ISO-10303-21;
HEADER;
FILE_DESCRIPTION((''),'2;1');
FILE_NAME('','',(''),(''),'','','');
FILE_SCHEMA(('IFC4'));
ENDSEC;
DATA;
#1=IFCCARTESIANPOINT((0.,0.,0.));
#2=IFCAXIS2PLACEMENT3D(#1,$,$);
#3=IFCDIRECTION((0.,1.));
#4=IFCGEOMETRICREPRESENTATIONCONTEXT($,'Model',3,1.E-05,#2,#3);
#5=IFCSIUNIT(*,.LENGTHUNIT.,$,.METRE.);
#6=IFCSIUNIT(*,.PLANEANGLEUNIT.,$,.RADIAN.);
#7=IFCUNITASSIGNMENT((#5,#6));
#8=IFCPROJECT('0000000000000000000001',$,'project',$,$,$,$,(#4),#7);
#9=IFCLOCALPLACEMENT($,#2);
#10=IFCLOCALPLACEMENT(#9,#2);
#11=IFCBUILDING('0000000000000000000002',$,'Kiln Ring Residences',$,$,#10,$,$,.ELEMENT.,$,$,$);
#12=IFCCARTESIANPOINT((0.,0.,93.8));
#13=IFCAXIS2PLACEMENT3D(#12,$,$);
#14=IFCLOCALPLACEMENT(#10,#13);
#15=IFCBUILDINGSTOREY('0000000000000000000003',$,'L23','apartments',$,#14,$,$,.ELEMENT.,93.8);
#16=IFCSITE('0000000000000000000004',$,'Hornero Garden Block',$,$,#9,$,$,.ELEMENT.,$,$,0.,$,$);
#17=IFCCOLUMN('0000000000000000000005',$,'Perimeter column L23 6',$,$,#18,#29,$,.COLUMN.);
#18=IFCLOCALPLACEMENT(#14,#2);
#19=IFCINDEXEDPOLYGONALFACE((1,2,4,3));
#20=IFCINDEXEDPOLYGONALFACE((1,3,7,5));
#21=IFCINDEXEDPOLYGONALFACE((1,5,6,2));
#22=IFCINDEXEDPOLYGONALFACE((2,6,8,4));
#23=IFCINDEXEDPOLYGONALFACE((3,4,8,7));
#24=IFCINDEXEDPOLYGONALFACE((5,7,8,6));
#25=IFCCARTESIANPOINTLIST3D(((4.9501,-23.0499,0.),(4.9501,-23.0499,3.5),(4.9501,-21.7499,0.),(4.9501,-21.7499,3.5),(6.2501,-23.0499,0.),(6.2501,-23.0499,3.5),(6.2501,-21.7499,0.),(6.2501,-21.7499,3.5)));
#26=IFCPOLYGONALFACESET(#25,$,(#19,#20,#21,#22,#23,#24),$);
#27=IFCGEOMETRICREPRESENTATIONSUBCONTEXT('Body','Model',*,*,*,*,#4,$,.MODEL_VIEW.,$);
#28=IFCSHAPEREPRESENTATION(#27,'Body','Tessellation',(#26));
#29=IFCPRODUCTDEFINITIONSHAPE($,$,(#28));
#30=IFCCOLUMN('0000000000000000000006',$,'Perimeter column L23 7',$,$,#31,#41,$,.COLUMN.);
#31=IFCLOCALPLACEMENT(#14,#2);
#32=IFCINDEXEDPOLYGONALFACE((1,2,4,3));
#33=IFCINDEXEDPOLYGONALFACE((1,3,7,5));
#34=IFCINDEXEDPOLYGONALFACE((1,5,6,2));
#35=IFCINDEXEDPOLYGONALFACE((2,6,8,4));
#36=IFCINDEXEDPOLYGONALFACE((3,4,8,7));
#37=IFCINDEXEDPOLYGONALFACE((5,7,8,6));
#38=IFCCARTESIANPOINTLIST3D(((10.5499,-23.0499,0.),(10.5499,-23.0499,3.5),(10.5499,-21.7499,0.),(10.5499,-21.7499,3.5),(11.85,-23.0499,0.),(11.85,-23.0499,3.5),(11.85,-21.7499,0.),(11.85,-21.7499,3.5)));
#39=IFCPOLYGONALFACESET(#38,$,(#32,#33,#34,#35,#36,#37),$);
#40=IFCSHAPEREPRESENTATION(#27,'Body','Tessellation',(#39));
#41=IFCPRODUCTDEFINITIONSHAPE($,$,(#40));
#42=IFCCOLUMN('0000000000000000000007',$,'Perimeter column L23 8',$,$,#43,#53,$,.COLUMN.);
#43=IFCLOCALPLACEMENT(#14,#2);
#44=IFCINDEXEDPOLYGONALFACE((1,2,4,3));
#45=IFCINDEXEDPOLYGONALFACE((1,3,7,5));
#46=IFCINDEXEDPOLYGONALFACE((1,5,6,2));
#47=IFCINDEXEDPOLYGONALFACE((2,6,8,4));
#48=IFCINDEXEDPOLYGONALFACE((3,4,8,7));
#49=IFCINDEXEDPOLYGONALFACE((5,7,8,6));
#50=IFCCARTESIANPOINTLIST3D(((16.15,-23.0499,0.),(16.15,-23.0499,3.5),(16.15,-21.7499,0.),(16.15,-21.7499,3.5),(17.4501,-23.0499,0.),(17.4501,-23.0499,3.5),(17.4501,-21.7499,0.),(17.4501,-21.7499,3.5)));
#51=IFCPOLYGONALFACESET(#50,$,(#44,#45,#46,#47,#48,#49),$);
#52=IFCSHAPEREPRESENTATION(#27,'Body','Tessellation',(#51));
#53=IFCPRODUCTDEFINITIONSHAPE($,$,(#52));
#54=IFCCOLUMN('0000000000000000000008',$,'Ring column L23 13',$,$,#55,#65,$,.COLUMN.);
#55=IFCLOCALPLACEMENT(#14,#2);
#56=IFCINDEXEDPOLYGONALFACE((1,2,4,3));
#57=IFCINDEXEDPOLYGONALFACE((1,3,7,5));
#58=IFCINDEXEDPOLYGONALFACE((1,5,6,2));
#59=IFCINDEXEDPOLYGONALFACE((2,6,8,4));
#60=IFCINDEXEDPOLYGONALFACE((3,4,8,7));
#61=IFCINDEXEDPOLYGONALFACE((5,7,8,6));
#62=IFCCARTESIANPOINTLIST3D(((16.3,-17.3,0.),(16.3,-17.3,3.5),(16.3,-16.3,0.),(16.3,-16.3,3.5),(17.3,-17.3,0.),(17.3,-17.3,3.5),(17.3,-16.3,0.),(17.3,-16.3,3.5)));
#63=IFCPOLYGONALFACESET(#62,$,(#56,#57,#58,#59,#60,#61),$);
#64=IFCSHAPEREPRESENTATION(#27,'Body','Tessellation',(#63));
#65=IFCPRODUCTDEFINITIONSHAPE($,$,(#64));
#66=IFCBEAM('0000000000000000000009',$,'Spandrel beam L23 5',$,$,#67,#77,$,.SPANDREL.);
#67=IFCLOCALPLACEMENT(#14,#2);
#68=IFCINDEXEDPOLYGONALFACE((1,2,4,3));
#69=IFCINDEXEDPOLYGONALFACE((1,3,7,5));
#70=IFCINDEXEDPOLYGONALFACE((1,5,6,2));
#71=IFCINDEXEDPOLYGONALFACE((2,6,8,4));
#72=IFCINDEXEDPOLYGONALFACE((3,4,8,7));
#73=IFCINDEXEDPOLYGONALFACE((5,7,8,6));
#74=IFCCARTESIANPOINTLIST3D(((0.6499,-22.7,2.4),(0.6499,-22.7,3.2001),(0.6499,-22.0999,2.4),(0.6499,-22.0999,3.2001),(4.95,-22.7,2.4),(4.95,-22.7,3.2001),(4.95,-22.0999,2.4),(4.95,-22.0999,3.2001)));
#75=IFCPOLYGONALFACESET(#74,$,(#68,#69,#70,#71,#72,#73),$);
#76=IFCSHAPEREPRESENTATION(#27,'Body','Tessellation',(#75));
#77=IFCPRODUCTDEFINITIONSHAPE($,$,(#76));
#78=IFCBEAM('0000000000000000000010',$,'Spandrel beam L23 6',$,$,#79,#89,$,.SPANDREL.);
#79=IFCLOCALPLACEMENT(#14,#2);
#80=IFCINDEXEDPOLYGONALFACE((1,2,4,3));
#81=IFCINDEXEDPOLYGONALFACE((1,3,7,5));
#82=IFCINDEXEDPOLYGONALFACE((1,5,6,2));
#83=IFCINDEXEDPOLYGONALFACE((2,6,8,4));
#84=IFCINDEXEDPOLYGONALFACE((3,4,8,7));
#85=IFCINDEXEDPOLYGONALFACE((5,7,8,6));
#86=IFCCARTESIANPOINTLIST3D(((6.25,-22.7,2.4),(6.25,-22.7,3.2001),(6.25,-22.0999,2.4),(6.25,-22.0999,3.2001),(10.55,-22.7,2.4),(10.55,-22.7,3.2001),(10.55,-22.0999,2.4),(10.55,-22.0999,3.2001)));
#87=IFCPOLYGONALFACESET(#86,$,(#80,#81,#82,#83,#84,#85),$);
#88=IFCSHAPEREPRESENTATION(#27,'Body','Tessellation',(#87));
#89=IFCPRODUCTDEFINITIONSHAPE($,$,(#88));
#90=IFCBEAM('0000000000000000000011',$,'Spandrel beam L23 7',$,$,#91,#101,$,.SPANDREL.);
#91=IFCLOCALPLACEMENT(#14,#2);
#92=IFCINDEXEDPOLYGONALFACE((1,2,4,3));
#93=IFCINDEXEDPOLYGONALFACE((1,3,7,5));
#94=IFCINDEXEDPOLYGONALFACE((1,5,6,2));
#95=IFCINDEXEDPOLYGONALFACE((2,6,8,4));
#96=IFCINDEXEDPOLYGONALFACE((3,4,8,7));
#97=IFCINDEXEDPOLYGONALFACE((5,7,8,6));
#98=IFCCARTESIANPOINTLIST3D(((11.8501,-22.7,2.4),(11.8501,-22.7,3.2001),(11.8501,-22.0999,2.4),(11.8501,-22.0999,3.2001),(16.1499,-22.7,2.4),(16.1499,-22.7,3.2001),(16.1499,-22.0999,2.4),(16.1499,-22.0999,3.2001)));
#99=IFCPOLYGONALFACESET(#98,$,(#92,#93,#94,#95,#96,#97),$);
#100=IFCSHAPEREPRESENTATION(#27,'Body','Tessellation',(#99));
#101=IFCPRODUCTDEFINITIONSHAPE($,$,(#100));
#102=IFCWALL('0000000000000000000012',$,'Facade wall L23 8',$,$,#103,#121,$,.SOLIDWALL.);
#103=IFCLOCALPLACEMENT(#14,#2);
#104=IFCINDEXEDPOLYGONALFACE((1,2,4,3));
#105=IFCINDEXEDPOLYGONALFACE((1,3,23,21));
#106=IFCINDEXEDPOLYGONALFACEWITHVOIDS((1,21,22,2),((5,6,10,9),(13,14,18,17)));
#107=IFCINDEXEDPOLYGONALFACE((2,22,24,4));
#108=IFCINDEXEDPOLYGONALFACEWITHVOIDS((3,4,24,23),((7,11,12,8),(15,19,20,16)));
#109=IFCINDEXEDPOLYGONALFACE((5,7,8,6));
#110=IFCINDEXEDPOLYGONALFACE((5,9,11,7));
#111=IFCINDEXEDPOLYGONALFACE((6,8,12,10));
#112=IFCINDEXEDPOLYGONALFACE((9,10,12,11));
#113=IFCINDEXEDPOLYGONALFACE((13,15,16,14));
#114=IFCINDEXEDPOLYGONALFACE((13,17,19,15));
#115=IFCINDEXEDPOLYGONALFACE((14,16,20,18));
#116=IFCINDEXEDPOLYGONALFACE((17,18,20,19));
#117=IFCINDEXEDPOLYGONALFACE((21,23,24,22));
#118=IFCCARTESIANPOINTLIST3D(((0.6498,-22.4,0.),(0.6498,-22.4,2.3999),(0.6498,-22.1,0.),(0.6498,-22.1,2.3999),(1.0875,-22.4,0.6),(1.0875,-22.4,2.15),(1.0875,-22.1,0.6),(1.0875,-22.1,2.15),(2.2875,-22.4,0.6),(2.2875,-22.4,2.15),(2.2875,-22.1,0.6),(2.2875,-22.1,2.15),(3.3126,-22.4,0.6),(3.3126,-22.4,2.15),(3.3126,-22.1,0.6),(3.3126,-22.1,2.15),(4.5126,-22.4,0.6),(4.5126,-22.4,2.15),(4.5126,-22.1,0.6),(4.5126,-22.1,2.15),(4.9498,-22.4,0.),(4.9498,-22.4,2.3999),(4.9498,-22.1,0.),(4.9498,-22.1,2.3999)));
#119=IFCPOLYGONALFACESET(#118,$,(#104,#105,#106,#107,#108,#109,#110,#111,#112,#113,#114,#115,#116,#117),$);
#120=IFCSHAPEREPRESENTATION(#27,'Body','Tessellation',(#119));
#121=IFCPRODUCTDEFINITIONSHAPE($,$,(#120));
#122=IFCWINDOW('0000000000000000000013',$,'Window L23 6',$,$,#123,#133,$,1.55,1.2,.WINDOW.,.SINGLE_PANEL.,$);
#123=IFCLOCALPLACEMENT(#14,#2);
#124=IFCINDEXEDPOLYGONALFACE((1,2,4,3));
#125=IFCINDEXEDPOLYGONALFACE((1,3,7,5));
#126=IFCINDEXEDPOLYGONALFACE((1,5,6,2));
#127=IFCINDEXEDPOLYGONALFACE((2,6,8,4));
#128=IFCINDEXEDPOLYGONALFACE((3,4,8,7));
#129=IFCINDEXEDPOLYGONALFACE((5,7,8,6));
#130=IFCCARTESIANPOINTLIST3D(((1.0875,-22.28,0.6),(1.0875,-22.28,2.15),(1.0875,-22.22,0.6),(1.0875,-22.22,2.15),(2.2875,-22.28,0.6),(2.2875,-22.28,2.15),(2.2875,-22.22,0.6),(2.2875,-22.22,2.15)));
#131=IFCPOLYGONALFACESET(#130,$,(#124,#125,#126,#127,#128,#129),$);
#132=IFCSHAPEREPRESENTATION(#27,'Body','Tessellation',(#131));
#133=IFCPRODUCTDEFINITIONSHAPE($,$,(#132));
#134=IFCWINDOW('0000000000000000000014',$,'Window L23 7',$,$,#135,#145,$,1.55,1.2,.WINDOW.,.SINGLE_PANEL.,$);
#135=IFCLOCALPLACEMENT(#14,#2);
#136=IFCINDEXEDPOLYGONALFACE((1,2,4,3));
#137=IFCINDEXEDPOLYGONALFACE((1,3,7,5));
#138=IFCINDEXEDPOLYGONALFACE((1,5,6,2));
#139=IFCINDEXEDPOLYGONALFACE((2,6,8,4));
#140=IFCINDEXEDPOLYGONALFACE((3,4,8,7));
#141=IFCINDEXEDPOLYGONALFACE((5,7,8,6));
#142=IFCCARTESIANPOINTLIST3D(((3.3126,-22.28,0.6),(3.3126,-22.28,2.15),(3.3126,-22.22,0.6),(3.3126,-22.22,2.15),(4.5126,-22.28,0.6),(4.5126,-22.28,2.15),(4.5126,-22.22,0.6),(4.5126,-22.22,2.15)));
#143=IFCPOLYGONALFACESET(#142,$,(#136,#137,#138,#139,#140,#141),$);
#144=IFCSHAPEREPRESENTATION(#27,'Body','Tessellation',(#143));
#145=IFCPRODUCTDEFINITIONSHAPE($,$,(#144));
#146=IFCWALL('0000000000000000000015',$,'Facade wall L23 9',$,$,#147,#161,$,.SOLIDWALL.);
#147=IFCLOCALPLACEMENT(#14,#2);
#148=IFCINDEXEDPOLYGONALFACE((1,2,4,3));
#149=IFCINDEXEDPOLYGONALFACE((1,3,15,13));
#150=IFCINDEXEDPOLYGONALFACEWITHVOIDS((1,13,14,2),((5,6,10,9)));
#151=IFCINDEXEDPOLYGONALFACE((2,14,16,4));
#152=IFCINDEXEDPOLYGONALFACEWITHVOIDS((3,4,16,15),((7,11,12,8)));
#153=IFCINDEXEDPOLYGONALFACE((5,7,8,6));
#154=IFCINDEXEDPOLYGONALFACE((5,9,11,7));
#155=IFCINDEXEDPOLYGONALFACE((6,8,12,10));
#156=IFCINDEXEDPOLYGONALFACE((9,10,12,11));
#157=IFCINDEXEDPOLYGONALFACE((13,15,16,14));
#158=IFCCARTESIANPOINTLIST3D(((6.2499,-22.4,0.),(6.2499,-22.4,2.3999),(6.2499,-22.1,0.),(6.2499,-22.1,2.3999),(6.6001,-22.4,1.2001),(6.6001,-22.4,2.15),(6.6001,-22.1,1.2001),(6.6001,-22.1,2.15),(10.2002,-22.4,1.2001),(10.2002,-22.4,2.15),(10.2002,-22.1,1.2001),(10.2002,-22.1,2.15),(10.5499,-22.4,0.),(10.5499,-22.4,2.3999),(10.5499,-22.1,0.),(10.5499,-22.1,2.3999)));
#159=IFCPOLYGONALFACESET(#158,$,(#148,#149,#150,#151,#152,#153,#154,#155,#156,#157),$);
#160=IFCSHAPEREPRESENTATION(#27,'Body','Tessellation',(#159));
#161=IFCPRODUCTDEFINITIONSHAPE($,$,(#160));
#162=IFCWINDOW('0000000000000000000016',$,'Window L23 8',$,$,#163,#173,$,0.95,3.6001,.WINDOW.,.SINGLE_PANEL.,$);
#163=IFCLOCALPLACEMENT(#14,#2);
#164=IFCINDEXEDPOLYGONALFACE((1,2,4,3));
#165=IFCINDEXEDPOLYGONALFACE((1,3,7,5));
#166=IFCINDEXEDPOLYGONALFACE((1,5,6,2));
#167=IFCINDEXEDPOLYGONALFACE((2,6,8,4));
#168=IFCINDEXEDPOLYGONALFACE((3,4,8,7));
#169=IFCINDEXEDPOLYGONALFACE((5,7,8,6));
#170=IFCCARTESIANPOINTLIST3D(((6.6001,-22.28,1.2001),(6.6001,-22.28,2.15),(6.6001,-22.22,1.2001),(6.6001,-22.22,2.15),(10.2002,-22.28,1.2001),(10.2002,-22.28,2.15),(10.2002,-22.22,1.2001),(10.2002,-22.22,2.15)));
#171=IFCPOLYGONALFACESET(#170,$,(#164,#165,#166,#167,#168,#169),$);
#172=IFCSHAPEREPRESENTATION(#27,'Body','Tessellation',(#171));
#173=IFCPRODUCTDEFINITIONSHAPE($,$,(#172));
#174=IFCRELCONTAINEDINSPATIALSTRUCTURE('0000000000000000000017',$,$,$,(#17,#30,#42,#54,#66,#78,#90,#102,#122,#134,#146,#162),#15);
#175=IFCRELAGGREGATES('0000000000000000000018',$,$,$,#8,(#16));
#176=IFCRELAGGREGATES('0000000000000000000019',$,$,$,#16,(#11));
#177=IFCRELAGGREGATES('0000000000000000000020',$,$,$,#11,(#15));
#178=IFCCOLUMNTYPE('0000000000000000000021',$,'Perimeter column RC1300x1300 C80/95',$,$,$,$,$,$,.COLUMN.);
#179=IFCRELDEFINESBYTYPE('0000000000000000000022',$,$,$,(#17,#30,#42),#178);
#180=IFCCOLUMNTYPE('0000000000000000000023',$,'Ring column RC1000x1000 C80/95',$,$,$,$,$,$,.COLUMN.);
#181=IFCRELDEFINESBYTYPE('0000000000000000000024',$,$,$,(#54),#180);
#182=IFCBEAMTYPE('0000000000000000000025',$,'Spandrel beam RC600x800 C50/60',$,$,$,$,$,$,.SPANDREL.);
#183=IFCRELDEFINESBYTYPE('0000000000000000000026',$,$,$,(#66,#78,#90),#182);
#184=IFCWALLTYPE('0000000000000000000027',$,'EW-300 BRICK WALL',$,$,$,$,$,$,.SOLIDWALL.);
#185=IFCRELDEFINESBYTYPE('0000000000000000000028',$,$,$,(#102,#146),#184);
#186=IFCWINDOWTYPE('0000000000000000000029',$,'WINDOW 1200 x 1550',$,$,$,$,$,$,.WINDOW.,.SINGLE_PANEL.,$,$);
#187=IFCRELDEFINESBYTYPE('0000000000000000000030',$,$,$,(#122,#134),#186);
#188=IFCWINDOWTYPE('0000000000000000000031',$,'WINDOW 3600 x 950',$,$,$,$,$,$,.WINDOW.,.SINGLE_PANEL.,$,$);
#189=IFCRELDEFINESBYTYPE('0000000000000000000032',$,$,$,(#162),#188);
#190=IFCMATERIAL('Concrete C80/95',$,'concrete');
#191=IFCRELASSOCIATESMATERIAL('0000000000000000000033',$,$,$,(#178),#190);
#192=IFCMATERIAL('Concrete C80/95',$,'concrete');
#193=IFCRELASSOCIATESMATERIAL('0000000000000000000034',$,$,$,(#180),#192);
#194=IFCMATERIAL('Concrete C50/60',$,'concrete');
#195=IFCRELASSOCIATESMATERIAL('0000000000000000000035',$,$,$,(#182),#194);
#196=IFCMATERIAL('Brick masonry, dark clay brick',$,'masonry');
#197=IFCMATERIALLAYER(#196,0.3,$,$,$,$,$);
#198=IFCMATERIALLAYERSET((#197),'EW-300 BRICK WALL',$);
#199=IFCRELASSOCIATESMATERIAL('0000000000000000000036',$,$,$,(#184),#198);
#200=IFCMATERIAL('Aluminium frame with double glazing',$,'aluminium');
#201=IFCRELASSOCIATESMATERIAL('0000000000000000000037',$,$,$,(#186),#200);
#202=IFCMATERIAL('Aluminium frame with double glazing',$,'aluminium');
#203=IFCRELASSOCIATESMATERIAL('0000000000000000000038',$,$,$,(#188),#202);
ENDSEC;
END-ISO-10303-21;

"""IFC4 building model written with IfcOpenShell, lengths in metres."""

from ifc_helpers import new_model, si_unit, direction, frame, frame_2d, origin, origin_2d, place, context, subcontext, project, spatial, rectangle, extrude, material, layer, layer_set, material_profile, profile_set, type_object, element, fill, save


model = new_model("IFC4")

# Units and contexts
model_context = context("Model", 3, precision=1e-05, world=origin(), true_north=direction((0.0, 1.0)))
body_context = subcontext(model_context, "Body", "Model", "MODEL_VIEW")
ifc_project = project(units=[si_unit("LENGTHUNIT", "METRE"), si_unit("PLANEANGLEUNIT", "RADIAN")], contexts=[model_context])

# Site, building, storey
site_placement = place(None, origin())
site = spatial("IfcSite", under=ifc_project, at=site_placement, Name="Hornero Garden Block", CompositionType="ELEMENT", RefElevation=0.0)
building_placement = place(site_placement, origin())
building = spatial("IfcBuilding", under=site, at=building_placement, Name="Kiln Ring Residences", CompositionType="ELEMENT")
storey_placement = place(building_placement, frame((0.0, 0.0, 93.8)))
storey = spatial("IfcBuildingStorey", under=building, at=storey_placement, Name="L23", Description="apartments", CompositionType="ELEMENT", Elevation=93.8)

# Columns
ifc_material_1 = material(Name="Concrete C80/95", Category="concrete")
ifc_material_profile_1 = material_profile(ifc_material_1, rectangle(XDim=1.3, YDim=1.3, at=origin_2d()), Name="RC1300x1300")
ifc_profile_set_1 = profile_set([ifc_material_profile_1], Name="Concrete C80/95")
column_type_1 = type_object("IfcColumnType", Name="Perimeter column RC1300x1300 C80/95", PredefinedType="COLUMN", material=ifc_profile_set_1)
for number, where, z_axis, x_axis, name in (
    (1, (5.6001, -22.3999, 0.0), (0.0, 0.0, 1.0), (1.0, 0.0, 0.0), "Perimeter column L23 6"),
    (2, (11.2, -22.3999, 0.0), (0.0, 0.0, 1.0), (1.0, 0.0, 0.0), "Perimeter column L23 7"),
    (3, (16.8, -22.3999, 0.0), (0.0, 0.0, 1.0), (1.0, 0.0, 0.0), "Perimeter column L23 8"),
):
    element("IfcColumn", number, at=place(storey_placement, frame(where, z_axis=z_axis, x_axis=x_axis)), inside=storey, type_object=column_type_1, Name=name, PredefinedType="COLUMN", context=body_context, shape_type="SweptSolid", body=[
        extrude(rectangle(XDim=1.3, YDim=1.3, at=origin_2d()), origin(), (0.0, 0.0, 1.0), 3.5),
    ])
ifc_material_2 = material(Name="Concrete C80/95", Category="concrete")
ifc_material_profile_2 = material_profile(ifc_material_2, rectangle(XDim=1.0, YDim=1.0, at=origin_2d()), Name="RC1000x1000")
ifc_profile_set_2 = profile_set([ifc_material_profile_2], Name="Concrete C80/95")
column_type_2 = type_object("IfcColumnType", Name="Ring column RC1000x1000 C80/95", PredefinedType="COLUMN", material=ifc_profile_set_2)
column_placement = place(storey_placement, frame((16.8, -16.8, 0.0), z_axis=(0.0, 0.0, 1.0), x_axis=(1.0, 0.0, 0.0)))
element("IfcColumn", 4, at=column_placement, inside=storey, type_object=column_type_2, Name="Ring column L23 13", PredefinedType="COLUMN", context=body_context, shape_type="SweptSolid", body=[
    extrude(rectangle(XDim=1.0, YDim=1.0, at=origin_2d()), origin(), (0.0, 0.0, 1.0), 3.5),
])

# Beams
ifc_material_3 = material(Name="Concrete C50/60", Category="concrete")
ifc_material_profile_3 = material_profile(ifc_material_3, rectangle(XDim=0.6001, YDim=0.8, at=origin_2d()), Name="RC600x800")
ifc_profile_set_3 = profile_set([ifc_material_profile_3], Name="Concrete C50/60")
beam_type = type_object("IfcBeamType", Name="Spandrel beam RC600x800 C50/60", PredefinedType="SPANDREL", material=ifc_profile_set_3)
for number, where, z_axis, x_axis, name in (
    (5, (0.6499, -22.3999, 2.8), (1.0, 0.0, 0.0), (0.0, 1.0, 0.0), "Spandrel beam L23 5"),
    (6, (6.25, -22.3999, 2.8), (1.0, 0.0, 0.0), (0.0, 1.0, 0.0), "Spandrel beam L23 6"),
):
    element("IfcBeam", number, at=place(storey_placement, frame(where, z_axis=z_axis, x_axis=x_axis)), inside=storey, type_object=beam_type, Name=name, PredefinedType="SPANDREL", context=body_context, shape_type="SweptSolid", body=[
        extrude(rectangle(XDim=0.6001, YDim=0.8, at=origin_2d()), origin(), (0.0, 0.0, 1.0), 4.3),
    ])
beam_placement = place(storey_placement, frame((11.8501, -22.3999, 2.8), z_axis=(1.0, 0.0, 0.0), x_axis=(0.0, 1.0, 0.0)))
element("IfcBeam", 7, at=beam_placement, inside=storey, type_object=beam_type, Name="Spandrel beam L23 7", PredefinedType="SPANDREL", context=body_context, shape_type="SweptSolid", body=[
    extrude(rectangle(XDim=0.6001, YDim=0.8, at=origin_2d()), origin(), (0.0, 0.0, 1.0), 4.2998),
])

# Wall, openings, windows
ifc_material_4 = material(Name="Brick masonry, dark clay brick", Category="masonry")
ifc_layer_1 = layer(ifc_material_4, 0.3)
ifc_layer_set_1 = layer_set([ifc_layer_1], Name="EW-300 BRICK WALL")
wall_type_1 = type_object("IfcWallType", Name="EW-300 BRICK WALL", PredefinedType="SOLIDWALL", material=ifc_layer_set_1)
wall_1_placement = place(storey_placement, frame((0.6499, -22.25, 0.0), z_axis=(0.0, 0.0, 1.0), x_axis=(1.0, 0.0, 0.0)))
wall_1 = element("IfcWall", 8, at=wall_1_placement, inside=storey, type_object=wall_type_1, Name="Facade wall L23 8", PredefinedType="SOLIDWALL", context=body_context, shape_type="SweptSolid", body=[
    extrude(rectangle(XDim=4.3, YDim=0.3, at=frame_2d((2.1499, 0.0))), origin(), (0.0, 0.0, 1.0), 2.3999),
])
opening_1_placement = place(wall_1_placement, frame((0.4375, 0.0, 0.6001)))
opening_1 = element("IfcOpeningElement", 9, at=opening_1_placement, cuts=wall_1, PredefinedType="OPENING", context=body_context, shape_type="SweptSolid", body=[
    extrude(rectangle(XDim=1.2, YDim=1.55, at=frame_2d((0.6001, 0.7749))), frame((0.0, 0.1599, 0.0), z_axis=(0.0, -1.0, 0.0), x_axis=(1.0, 0.0, 0.0)), (0.0, 0.0, 1.0), 0.3201),
])
opening_2_placement = place(wall_1_placement, frame((2.6626, 0.0, 0.6001)))
opening_2 = element("IfcOpeningElement", 10, at=opening_2_placement, cuts=wall_1, PredefinedType="OPENING", context=body_context, shape_type="SweptSolid", body=[
    extrude(rectangle(XDim=1.2, YDim=1.55, at=frame_2d((0.6001, 0.7749))), frame((0.0, 0.1599, 0.0), z_axis=(0.0, -1.0, 0.0), x_axis=(1.0, 0.0, 0.0)), (0.0, 0.0, 1.0), 0.3201),
])
ifc_material_5 = material(Name="Aluminium frame with double glazing", Category="aluminium")
window_type_1 = type_object("IfcWindowType", Name="WINDOW 1200 x 1550", PartitioningType="SINGLE_PANEL", PredefinedType="WINDOW", material=ifc_material_5)
window_1_placement = place(opening_1_placement, origin())
window_1 = element("IfcWindow", 11, at=window_1_placement, inside=storey, type_object=window_type_1, Name="Window L23 6", OverallHeight=1.55, OverallWidth=1.2, PartitioningType="SINGLE_PANEL", PredefinedType="WINDOW", context=body_context, shape_type="SweptSolid", body=[
    extrude(rectangle(XDim=1.2, YDim=1.55, at=frame_2d((0.6001, 0.7749))), frame((0.0, 0.03, 0.0), z_axis=(0.0, -1.0, 0.0), x_axis=(1.0, 0.0, 0.0)), (0.0, 0.0, 1.0), 0.0601),
])
fill(opening_1, window_1)
window_2_placement = place(opening_2_placement, origin())
window_2 = element("IfcWindow", 12, at=window_2_placement, inside=storey, type_object=window_type_1, Name="Window L23 7", OverallHeight=1.55, OverallWidth=1.2, PartitioningType="SINGLE_PANEL", PredefinedType="WINDOW", context=body_context, shape_type="SweptSolid", body=[
    extrude(rectangle(XDim=1.2, YDim=1.55, at=frame_2d((0.6001, 0.7749))), frame((0.0, 0.03, 0.0), z_axis=(0.0, -1.0, 0.0), x_axis=(1.0, 0.0, 0.0)), (0.0, 0.0, 1.0), 0.0601),
])
fill(opening_2, window_2)

# Wall, opening, window
wall_2_placement = place(storey_placement, frame((6.25, -22.25, 0.0), z_axis=(0.0, 0.0, 1.0), x_axis=(1.0, 0.0, 0.0)))
wall_2 = element("IfcWall", 13, at=wall_2_placement, inside=storey, type_object=wall_type_1, Name="Facade wall L23 9", PredefinedType="SOLIDWALL", context=body_context, shape_type="SweptSolid", body=[
    extrude(rectangle(XDim=4.3, YDim=0.3, at=frame_2d((2.1499, 0.0))), origin(), (0.0, 0.0, 1.0), 2.3999),
])
opening_3_placement = place(wall_2_placement, frame((0.3501, 0.0, 1.2)))
opening_3 = element("IfcOpeningElement", 14, at=opening_3_placement, cuts=wall_2, PredefinedType="OPENING", context=body_context, shape_type="SweptSolid", body=[
    extrude(rectangle(XDim=3.6001, YDim=0.95, at=frame_2d((1.8, 0.4751))), frame((0.0, 0.1599, 0.0), z_axis=(0.0, -1.0, 0.0), x_axis=(1.0, 0.0, 0.0)), (0.0, 0.0, 1.0), 0.3201),
])
ifc_material_6 = material(Name="Aluminium frame with double glazing", Category="aluminium")
window_type_2 = type_object("IfcWindowType", Name="WINDOW 3600 x 950", PartitioningType="SINGLE_PANEL", PredefinedType="WINDOW", material=ifc_material_6)
window_3_placement = place(opening_3_placement, origin())
window_3 = element("IfcWindow", 15, at=window_3_placement, inside=storey, type_object=window_type_2, Name="Window L23 8", OverallHeight=0.95, OverallWidth=3.6001, PartitioningType="SINGLE_PANEL", PredefinedType="WINDOW", context=body_context, shape_type="SweptSolid", body=[
    extrude(rectangle(XDim=3.6001, YDim=0.95, at=frame_2d((1.8, 0.4751))), frame((0.0, 0.03, 0.0), z_axis=(0.0, -1.0, 0.0), x_axis=(1.0, 0.0, 0.0)), (0.0, 0.0, 1.0), 0.0601),
])
fill(opening_3, window_3)

save(model, "model.ifc")
